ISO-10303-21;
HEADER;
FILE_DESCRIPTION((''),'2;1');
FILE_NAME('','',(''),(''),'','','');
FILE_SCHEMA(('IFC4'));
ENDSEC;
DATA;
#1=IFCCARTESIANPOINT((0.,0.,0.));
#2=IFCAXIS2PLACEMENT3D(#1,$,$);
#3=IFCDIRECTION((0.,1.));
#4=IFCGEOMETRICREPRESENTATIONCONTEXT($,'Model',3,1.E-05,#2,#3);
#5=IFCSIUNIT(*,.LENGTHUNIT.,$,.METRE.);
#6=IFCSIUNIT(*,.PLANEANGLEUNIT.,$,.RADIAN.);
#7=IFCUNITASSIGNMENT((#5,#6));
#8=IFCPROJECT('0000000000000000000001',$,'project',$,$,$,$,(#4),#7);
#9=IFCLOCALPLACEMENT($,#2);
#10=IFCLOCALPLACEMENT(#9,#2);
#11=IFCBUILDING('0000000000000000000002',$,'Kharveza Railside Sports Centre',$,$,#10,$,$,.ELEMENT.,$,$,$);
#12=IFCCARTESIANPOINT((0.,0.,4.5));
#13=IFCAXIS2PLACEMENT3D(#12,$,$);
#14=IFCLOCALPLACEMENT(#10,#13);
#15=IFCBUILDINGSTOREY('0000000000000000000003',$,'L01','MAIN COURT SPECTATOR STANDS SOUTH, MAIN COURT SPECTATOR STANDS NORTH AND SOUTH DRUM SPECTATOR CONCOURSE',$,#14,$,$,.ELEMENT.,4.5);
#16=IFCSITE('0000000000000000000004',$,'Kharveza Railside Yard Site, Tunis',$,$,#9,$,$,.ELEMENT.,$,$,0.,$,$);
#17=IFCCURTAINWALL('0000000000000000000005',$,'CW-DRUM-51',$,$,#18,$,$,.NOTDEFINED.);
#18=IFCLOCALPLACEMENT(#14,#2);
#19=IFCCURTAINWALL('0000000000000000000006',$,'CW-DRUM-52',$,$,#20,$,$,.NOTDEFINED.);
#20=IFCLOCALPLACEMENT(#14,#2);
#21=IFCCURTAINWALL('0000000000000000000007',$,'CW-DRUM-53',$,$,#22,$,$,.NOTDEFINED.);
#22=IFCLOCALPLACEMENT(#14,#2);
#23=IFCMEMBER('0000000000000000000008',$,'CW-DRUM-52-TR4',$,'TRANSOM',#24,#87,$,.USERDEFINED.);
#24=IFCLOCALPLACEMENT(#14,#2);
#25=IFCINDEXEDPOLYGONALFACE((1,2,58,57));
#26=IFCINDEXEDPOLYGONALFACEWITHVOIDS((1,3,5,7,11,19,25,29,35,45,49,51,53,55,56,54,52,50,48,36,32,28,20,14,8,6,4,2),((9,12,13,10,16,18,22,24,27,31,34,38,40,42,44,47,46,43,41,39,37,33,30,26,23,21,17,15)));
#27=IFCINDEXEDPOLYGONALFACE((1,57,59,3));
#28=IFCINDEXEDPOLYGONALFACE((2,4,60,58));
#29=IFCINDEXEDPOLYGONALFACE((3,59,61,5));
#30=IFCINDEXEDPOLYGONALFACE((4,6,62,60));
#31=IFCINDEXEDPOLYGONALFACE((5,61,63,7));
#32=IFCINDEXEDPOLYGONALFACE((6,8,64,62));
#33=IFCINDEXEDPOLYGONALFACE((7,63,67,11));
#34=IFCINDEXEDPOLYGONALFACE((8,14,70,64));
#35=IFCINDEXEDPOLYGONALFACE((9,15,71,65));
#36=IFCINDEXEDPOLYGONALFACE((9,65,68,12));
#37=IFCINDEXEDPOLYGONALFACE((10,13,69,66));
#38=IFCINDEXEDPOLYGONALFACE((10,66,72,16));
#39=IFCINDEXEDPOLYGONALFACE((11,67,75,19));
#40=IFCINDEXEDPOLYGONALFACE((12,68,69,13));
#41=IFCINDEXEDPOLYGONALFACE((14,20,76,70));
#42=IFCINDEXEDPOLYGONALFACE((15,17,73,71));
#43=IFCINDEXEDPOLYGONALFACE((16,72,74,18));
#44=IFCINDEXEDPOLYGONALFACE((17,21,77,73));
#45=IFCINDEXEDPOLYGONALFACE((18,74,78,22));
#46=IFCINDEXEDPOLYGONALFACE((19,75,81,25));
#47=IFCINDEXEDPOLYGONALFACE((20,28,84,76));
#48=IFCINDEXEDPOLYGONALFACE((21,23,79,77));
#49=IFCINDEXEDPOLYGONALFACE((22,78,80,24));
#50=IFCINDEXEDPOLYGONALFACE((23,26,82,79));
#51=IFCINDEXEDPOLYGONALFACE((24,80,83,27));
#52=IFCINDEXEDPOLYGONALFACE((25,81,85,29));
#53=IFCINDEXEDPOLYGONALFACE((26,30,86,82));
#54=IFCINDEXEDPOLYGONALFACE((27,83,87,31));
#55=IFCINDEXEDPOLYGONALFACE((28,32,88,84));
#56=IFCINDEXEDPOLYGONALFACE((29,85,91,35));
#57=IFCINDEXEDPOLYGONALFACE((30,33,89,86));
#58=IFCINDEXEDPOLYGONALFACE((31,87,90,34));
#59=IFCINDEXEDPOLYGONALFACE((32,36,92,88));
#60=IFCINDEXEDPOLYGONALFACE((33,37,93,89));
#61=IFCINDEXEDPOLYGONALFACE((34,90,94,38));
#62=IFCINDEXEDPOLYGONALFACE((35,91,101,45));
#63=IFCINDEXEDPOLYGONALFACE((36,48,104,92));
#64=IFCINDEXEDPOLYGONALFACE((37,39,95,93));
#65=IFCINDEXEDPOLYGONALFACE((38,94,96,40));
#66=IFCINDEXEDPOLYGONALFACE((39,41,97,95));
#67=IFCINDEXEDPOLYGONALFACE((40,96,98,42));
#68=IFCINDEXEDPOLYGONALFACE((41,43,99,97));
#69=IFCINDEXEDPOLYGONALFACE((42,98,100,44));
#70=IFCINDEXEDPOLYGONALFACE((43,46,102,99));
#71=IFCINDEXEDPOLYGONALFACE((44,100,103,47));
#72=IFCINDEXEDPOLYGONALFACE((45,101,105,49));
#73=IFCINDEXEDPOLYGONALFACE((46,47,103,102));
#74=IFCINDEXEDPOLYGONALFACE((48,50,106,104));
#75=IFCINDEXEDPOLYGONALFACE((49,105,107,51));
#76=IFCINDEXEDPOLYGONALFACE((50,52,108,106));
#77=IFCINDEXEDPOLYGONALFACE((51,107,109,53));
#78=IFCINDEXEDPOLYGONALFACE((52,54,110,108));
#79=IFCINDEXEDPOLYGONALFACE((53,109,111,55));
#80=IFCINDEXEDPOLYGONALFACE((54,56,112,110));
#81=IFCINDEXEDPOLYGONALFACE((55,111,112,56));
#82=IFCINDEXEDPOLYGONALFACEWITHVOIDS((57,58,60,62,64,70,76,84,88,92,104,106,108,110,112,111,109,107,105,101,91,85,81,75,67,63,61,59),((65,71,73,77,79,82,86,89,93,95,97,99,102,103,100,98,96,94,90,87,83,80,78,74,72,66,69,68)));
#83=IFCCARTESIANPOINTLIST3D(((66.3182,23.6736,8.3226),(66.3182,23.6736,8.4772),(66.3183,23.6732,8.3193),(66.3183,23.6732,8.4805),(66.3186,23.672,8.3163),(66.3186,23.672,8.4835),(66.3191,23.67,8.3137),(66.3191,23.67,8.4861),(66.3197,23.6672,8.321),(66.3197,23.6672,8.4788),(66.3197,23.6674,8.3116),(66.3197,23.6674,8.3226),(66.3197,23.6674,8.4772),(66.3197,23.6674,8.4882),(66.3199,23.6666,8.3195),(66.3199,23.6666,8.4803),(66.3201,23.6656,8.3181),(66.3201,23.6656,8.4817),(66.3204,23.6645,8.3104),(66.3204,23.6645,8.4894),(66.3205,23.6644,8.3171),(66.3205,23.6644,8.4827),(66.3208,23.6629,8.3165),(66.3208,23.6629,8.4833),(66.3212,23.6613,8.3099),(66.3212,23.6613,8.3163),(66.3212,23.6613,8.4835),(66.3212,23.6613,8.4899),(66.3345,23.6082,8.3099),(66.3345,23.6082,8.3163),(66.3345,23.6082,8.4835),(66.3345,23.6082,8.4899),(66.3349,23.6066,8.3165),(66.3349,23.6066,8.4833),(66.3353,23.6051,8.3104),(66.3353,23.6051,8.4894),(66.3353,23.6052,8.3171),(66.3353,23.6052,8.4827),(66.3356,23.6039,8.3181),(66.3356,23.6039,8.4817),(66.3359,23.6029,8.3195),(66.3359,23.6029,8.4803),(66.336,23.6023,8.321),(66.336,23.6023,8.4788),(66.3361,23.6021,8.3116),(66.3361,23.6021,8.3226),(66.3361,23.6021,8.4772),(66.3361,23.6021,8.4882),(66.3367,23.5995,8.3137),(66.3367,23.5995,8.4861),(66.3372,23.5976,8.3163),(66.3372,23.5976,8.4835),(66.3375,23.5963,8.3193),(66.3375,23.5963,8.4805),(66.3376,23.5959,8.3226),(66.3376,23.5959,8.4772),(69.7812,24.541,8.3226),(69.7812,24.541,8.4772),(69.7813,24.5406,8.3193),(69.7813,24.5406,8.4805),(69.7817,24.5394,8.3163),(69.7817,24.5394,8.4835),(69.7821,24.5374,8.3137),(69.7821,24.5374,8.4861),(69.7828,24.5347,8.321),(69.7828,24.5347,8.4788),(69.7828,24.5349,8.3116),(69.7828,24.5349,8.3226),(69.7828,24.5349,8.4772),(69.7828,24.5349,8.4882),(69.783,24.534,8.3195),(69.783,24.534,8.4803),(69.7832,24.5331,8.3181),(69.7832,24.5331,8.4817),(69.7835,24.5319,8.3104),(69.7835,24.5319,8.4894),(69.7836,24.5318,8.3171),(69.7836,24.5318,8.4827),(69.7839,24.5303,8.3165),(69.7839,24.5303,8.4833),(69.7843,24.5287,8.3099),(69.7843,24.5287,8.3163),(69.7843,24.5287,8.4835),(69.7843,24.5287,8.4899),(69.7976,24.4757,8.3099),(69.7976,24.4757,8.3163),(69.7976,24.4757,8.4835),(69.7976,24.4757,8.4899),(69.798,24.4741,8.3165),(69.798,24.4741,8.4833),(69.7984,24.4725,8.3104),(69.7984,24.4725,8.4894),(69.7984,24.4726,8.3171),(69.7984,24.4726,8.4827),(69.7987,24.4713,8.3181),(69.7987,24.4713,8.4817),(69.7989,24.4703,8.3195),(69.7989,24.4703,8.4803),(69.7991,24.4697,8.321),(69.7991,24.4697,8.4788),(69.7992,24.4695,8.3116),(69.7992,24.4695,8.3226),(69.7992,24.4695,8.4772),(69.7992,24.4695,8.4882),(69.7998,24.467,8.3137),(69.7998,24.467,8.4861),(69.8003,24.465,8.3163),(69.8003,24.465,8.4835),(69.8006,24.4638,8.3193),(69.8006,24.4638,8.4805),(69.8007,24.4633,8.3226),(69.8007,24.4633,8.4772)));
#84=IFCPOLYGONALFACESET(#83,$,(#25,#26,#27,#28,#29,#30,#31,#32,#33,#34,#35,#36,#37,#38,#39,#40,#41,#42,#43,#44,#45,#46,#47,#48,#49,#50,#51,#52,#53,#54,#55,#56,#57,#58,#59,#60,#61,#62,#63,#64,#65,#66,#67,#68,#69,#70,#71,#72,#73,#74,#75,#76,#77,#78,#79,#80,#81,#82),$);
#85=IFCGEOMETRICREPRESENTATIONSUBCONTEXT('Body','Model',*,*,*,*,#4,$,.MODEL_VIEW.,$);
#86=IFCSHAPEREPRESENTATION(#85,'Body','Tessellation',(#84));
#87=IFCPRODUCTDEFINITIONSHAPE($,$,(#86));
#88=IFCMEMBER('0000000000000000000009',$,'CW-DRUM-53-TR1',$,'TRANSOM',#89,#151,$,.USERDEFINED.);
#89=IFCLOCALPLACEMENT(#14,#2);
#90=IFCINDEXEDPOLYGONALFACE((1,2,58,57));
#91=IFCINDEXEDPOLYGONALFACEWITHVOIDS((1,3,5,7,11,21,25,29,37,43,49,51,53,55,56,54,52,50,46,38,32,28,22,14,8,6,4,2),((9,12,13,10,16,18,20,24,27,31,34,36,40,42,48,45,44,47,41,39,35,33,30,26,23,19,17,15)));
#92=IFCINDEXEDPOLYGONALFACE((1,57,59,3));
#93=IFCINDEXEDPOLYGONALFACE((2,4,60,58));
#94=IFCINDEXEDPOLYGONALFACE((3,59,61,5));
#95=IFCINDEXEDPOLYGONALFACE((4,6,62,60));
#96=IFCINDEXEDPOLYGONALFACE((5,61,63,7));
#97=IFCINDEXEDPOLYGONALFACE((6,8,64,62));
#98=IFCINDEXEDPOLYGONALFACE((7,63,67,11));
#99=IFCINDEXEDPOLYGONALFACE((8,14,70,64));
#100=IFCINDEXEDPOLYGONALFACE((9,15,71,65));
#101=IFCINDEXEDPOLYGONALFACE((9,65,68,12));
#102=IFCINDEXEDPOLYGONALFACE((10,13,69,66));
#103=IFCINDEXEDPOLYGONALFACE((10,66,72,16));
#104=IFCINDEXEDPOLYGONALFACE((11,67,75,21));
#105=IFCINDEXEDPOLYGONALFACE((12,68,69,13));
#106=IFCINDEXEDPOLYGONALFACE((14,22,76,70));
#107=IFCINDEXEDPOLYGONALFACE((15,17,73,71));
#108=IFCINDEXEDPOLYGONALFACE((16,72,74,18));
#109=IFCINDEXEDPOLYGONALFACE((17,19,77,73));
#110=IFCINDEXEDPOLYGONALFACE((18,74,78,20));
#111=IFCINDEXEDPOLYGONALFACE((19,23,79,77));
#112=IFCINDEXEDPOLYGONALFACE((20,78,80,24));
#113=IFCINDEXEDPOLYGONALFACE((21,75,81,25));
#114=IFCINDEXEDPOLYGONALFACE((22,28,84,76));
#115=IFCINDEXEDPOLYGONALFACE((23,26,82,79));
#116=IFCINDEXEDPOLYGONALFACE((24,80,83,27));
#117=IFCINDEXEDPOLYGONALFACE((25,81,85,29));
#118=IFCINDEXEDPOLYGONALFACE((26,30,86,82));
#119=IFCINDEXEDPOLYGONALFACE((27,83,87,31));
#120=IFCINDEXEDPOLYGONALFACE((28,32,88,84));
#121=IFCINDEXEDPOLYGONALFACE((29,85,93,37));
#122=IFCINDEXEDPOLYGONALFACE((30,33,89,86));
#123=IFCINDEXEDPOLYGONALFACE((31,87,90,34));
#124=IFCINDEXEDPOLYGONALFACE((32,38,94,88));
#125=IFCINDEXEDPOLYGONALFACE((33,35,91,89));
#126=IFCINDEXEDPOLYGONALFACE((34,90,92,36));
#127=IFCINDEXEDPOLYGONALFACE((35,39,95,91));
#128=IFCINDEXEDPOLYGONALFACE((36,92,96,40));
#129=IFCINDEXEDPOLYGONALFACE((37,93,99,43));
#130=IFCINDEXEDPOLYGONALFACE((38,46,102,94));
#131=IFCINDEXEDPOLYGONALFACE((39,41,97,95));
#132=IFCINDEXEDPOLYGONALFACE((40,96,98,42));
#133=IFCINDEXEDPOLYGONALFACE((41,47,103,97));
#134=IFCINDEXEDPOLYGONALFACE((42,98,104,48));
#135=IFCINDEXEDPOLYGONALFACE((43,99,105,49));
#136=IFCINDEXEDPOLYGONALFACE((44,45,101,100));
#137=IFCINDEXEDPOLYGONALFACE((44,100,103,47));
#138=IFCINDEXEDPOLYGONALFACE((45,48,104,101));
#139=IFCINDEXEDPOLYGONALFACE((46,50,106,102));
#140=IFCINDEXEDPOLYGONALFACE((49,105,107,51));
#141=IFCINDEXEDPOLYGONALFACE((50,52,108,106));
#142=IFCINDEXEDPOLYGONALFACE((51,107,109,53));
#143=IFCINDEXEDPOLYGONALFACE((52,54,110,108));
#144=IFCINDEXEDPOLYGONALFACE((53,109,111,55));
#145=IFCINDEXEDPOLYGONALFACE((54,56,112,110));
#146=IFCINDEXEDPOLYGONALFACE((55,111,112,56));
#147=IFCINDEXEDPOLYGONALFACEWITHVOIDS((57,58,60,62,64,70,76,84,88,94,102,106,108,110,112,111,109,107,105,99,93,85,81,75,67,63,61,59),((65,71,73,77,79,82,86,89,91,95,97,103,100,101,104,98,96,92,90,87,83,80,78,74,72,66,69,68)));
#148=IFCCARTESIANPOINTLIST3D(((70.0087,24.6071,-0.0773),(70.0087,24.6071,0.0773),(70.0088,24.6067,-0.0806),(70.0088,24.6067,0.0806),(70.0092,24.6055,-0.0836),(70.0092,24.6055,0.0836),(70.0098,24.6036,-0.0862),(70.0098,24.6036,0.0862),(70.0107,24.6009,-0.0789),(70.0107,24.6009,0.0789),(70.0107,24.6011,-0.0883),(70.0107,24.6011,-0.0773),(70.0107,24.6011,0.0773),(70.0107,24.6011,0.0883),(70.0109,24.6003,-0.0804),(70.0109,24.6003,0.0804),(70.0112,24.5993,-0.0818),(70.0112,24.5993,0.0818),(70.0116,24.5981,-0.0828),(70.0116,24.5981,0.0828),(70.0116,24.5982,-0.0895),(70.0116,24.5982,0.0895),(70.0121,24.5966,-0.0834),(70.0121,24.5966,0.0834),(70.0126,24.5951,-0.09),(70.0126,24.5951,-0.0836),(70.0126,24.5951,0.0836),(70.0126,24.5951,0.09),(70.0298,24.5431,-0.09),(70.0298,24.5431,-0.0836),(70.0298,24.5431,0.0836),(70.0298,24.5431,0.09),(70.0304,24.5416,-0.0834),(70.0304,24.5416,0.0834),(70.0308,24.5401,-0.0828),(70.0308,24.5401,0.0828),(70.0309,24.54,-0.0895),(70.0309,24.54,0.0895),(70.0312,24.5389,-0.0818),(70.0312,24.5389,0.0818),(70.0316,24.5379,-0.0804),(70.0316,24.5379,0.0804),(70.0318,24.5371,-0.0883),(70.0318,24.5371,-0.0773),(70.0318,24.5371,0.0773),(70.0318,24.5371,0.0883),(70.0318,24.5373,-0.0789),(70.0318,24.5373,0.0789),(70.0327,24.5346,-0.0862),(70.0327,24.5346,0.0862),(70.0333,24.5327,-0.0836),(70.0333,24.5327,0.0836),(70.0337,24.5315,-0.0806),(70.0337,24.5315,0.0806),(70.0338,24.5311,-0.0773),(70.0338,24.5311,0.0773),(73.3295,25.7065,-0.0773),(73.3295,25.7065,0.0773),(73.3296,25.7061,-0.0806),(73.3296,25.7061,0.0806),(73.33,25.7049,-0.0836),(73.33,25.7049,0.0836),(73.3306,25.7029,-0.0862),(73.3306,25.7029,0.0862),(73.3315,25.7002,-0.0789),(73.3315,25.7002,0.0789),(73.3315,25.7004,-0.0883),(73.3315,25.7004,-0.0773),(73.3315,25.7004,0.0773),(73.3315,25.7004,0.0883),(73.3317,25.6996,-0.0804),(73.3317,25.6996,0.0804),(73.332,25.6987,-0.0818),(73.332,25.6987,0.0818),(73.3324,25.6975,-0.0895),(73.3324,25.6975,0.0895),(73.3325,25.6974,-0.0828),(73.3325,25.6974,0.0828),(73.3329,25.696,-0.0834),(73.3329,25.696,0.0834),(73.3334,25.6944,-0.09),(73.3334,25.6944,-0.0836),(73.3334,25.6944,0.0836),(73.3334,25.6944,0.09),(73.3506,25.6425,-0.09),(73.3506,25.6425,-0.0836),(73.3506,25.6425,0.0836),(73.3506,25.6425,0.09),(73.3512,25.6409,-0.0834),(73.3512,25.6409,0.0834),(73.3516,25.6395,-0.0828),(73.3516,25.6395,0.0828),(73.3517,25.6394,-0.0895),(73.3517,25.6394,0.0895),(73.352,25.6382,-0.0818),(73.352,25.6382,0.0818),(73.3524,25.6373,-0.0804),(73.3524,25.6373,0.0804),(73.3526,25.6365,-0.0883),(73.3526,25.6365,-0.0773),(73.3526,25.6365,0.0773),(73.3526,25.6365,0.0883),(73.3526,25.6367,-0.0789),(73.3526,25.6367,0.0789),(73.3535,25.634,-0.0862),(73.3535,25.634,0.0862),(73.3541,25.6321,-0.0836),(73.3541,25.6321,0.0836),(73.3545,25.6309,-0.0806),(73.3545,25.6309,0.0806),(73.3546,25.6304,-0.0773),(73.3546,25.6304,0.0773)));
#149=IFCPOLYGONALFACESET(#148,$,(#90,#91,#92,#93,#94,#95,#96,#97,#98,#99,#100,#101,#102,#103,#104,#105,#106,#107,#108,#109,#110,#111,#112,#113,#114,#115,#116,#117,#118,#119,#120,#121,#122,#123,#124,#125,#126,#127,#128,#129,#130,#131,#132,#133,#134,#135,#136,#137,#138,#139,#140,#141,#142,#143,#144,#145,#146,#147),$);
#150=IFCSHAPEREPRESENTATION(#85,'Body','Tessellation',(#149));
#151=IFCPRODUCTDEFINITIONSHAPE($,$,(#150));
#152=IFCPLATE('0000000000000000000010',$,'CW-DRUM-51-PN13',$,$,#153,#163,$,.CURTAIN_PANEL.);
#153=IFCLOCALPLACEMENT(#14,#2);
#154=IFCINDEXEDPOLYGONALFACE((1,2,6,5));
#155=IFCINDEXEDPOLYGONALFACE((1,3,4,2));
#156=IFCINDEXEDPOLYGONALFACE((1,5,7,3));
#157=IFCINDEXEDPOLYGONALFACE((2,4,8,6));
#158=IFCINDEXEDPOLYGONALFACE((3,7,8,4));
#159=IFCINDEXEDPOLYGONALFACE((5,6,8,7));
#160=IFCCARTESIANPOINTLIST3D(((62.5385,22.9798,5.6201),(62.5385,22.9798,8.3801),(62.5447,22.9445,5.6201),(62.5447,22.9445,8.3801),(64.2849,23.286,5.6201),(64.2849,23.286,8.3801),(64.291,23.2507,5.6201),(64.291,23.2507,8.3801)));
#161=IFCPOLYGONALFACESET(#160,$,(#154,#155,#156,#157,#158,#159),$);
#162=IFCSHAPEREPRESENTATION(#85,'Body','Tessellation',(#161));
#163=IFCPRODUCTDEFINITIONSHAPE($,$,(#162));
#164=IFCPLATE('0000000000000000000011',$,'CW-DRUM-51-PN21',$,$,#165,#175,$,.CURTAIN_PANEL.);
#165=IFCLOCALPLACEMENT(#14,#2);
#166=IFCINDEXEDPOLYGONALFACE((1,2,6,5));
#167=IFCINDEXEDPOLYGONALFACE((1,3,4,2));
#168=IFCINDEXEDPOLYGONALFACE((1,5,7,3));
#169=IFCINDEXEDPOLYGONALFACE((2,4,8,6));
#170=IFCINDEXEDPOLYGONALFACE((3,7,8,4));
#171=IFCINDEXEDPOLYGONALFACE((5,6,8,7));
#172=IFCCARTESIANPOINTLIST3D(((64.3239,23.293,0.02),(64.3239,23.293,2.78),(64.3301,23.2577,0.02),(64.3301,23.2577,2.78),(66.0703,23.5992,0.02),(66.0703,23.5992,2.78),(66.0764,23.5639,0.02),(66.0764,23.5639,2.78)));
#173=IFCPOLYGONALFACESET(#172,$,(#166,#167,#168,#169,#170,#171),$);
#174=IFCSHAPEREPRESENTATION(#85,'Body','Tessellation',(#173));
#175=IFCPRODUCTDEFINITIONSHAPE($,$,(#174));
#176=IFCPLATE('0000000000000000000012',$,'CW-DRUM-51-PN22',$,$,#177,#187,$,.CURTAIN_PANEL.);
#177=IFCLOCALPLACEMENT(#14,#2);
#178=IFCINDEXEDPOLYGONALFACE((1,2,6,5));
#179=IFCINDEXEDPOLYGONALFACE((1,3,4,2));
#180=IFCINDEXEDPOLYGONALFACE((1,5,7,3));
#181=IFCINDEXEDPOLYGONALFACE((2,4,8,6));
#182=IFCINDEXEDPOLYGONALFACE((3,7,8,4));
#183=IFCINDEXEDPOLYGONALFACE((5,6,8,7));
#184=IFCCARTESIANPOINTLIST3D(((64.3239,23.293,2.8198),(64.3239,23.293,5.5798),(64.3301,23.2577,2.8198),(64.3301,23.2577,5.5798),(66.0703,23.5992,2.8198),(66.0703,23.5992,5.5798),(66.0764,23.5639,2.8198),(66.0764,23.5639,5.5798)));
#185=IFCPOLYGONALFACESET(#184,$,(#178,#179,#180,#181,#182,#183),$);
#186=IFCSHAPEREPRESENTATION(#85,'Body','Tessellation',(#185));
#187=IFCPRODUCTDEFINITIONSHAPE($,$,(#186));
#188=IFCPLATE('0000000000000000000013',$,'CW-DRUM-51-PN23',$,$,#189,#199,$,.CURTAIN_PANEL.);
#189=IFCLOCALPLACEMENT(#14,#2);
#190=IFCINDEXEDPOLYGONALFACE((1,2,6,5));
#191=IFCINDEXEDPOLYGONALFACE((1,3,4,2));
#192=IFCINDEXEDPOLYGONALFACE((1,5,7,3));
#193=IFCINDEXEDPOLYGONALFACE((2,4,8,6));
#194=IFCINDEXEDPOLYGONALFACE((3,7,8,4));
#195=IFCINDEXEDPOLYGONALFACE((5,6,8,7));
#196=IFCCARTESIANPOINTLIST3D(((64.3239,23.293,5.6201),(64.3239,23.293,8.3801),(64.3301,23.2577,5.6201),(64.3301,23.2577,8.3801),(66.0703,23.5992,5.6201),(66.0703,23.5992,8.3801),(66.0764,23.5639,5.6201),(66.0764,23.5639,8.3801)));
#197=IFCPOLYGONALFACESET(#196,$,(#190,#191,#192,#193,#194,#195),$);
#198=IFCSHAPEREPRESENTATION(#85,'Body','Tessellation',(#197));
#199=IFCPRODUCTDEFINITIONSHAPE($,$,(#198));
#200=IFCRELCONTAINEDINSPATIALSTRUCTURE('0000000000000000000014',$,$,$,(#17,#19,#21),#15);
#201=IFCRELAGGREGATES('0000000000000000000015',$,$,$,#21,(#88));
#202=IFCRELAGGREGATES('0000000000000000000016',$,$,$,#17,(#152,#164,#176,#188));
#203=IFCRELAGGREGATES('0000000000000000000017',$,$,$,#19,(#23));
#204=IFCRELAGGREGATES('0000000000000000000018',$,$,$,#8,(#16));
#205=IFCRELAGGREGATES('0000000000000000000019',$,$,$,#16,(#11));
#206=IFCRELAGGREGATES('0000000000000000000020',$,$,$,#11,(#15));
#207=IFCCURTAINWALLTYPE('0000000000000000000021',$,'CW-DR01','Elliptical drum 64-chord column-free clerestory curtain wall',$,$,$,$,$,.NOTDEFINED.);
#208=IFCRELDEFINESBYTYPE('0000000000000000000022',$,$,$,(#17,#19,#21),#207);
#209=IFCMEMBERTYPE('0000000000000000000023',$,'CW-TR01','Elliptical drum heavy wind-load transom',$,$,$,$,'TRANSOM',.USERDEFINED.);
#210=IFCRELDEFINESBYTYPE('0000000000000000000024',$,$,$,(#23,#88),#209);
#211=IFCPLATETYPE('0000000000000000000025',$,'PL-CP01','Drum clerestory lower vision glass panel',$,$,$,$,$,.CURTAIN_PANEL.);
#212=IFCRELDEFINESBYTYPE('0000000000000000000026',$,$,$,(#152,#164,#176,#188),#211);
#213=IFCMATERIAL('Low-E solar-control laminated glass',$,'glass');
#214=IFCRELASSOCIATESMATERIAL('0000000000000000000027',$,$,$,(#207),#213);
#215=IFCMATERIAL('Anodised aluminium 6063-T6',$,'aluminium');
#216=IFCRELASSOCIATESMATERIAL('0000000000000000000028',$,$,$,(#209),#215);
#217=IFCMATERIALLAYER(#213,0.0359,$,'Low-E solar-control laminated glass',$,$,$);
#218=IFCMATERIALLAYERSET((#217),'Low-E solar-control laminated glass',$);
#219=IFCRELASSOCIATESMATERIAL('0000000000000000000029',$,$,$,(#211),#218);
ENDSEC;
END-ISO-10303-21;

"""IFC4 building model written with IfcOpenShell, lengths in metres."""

from ifc_helpers import new_model, si_unit, direction, frame, origin, origin_2d, place, context, subcontext, project, spatial, rectangle, hollow_rectangle, extrude, material, layer, layer_set, material_profile, profile_set, type_object, element, aggregate, save


model = new_model("IFC4")

# Units and contexts
model_context = context("Model", 3, precision=1e-05, world=origin(), true_north=direction((0.0, 1.0)))
body_context = subcontext(model_context, "Body", "Model", "MODEL_VIEW")
ifc_project = project(units=[si_unit("LENGTHUNIT", "METRE"), si_unit("PLANEANGLEUNIT", "RADIAN")], contexts=[model_context])

# Site, building, storey
site_placement = place(None, origin())
site = spatial("IfcSite", under=ifc_project, at=site_placement, Name="Kharveza Railside Yard Site, Tunis", CompositionType="ELEMENT", RefElevation=0.0)
building_placement = place(site_placement, origin())
building = spatial("IfcBuilding", under=site, at=building_placement, Name="Kharveza Railside Sports Centre", CompositionType="ELEMENT")
storey_placement = place(building_placement, frame((0.0, 0.0, 4.5)))
storey = spatial("IfcBuildingStorey", under=building, at=storey_placement, Name="L01", Description="MAIN COURT SPECTATOR STANDS SOUTH, MAIN COURT SPECTATOR STANDS NORTH AND SOUTH DRUM SPECTATOR CONCOURSE", CompositionType="ELEMENT", Elevation=4.5)

# Curtain walls
ifc_material_1 = material(Name="Low-E solar-control laminated glass", Category="glass")
curtain_wall_type = type_object("IfcCurtainWallType", Name="CW-DR01", Description="Elliptical drum 64-chord column-free clerestory curtain wall", PredefinedType="NOTDEFINED", material=ifc_material_1)
curtain_wall_1_placement = place(storey_placement, origin())
curtain_wall_1 = element("IfcCurtainWall", 1, at=curtain_wall_1_placement, inside=storey, type_object=curtain_wall_type, Name="CW-DRUM-51", PredefinedType="NOTDEFINED")
ifc_material_2 = material(Name="Anodised aluminium 6063-T6", Category="aluminium")
curtain_wall_2_placement = place(storey_placement, origin())
curtain_wall_2 = element("IfcCurtainWall", 2, at=curtain_wall_2_placement, inside=storey, type_object=curtain_wall_type, Name="CW-DRUM-52", PredefinedType="NOTDEFINED")

# Curtain wall
curtain_wall_3_placement = place(storey_placement, origin())
curtain_wall_3 = element("IfcCurtainWall", 3, at=curtain_wall_3_placement, inside=storey, type_object=curtain_wall_type, Name="CW-DRUM-53", PredefinedType="NOTDEFINED")

# Members
ifc_material_profile_1 = material_profile(ifc_material_2, hollow_rectangle(XDim=0.0801, YDim=0.1799, WallThickness=0.0063, InnerFilletRadius=0.0063, OuterFilletRadius=0.0127, at=origin_2d()), Name="RHS 80x180x6.3")
ifc_profile_set_1 = profile_set([ifc_material_profile_1], Name="Anodised aluminium 6063-T6")
member_type_1 = type_object("IfcMemberType", Name="CW-TR01", Description="Elliptical drum heavy wind-load transom", ElementType="TRANSOM", PredefinedType="USERDEFINED", material=ifc_profile_set_1)
member_1_placement = place(storey_placement, frame((66.3279, 23.6348, 8.3999), z_axis=(0.970034, 0.24297, 0.0), x_axis=(-0.24297, 0.970034, 0.0)))
member_1 = element("IfcMember", 4, at=member_1_placement, type_object=member_type_1, Name="CW-DRUM-52-TR4", ObjectType="TRANSOM", PredefinedType="USERDEFINED", context=body_context, shape_type="SweptSolid", body=[
    extrude(hollow_rectangle(XDim=0.0801, YDim=0.1799, WallThickness=0.0063, InnerFilletRadius=0.0063, OuterFilletRadius=0.0127, at=origin_2d()), origin(), (0.0, 0.0, 1.0), 3.5701),
])
member_2_placement = place(storey_placement, frame((70.0212, 24.5691, 0.0), z_axis=(0.94933, 0.31428, 0.0), x_axis=(-0.31428, 0.94933, 0.0)))
member_2 = element("IfcMember", 5, at=member_2_placement, type_object=member_type_1, Name="CW-DRUM-53-TR1", ObjectType="TRANSOM", PredefinedType="USERDEFINED", context=body_context, shape_type="SweptSolid", body=[
    extrude(hollow_rectangle(XDim=0.0801, YDim=0.1799, WallThickness=0.0063, InnerFilletRadius=0.0063, OuterFilletRadius=0.0127, at=origin_2d()), origin(), (0.0, 0.0, 1.0), 3.498),
])
aggregate(curtain_wall_3, [member_2])

# Plates
ifc_layer_1 = layer(ifc_material_1, 0.0359, Name="Low-E solar-control laminated glass")
ifc_layer_set_1 = layer_set([ifc_layer_1], Name="Low-E solar-control laminated glass")
plate_type = type_object("IfcPlateType", Name="PL-CP01", Description="Drum clerestory lower vision glass panel", PredefinedType="CURTAIN_PANEL", material=ifc_layer_set_1)
plate_1_placement = place(storey_placement, frame((63.4148, 23.1152, 5.6201), z_axis=(0.0, 0.0, 1.0), x_axis=(0.984974, 0.172703, 0.0)))
plate_1 = element("IfcPlate", 6, at=plate_1_placement, type_object=plate_type, Name="CW-DRUM-51-PN13", PredefinedType="CURTAIN_PANEL", context=body_context, shape_type="SweptSolid", body=[
    extrude(rectangle(XDim=1.7729, YDim=0.0359, at=origin_2d()), origin(), (0.0, 0.0, 1.0), 2.76),
])
plate_2_placement = place(storey_placement, frame((65.2002, 23.4285, 0.02), z_axis=(0.0, 0.0, 1.0), x_axis=(0.984974, 0.172703, 0.0)))
plate_2 = element("IfcPlate", 7, at=plate_2_placement, type_object=plate_type, Name="CW-DRUM-51-PN21", PredefinedType="CURTAIN_PANEL", context=body_context, shape_type="SweptSolid", body=[
    extrude(rectangle(XDim=1.7729, YDim=0.0359, at=origin_2d()), origin(), (0.0, 0.0, 1.0), 2.76),
])
plate_3_placement = place(storey_placement, frame((65.2002, 23.4285, 2.8198), z_axis=(0.0, 0.0, 1.0), x_axis=(0.984974, 0.172703, 0.0)))
plate_3 = element("IfcPlate", 8, at=plate_3_placement, type_object=plate_type, Name="CW-DRUM-51-PN22", PredefinedType="CURTAIN_PANEL", context=body_context, shape_type="SweptSolid", body=[
    extrude(rectangle(XDim=1.7729, YDim=0.0359, at=origin_2d()), origin(), (0.0, 0.0, 1.0), 2.76),
])
plate_4_placement = place(storey_placement, frame((65.2002, 23.4285, 5.6201), z_axis=(0.0, 0.0, 1.0), x_axis=(0.984974, 0.172703, 0.0)))
plate_4 = element("IfcPlate", 9, at=plate_4_placement, type_object=plate_type, Name="CW-DRUM-51-PN23", PredefinedType="CURTAIN_PANEL", context=body_context, shape_type="SweptSolid", body=[
    extrude(rectangle(XDim=1.7729, YDim=0.0359, at=origin_2d()), origin(), (0.0, 0.0, 1.0), 2.76),
])
aggregate(curtain_wall_1, [plate_1, plate_2, plate_3, plate_4])
aggregate(curtain_wall_2, [member_1])

save(model, "model.ifc")
